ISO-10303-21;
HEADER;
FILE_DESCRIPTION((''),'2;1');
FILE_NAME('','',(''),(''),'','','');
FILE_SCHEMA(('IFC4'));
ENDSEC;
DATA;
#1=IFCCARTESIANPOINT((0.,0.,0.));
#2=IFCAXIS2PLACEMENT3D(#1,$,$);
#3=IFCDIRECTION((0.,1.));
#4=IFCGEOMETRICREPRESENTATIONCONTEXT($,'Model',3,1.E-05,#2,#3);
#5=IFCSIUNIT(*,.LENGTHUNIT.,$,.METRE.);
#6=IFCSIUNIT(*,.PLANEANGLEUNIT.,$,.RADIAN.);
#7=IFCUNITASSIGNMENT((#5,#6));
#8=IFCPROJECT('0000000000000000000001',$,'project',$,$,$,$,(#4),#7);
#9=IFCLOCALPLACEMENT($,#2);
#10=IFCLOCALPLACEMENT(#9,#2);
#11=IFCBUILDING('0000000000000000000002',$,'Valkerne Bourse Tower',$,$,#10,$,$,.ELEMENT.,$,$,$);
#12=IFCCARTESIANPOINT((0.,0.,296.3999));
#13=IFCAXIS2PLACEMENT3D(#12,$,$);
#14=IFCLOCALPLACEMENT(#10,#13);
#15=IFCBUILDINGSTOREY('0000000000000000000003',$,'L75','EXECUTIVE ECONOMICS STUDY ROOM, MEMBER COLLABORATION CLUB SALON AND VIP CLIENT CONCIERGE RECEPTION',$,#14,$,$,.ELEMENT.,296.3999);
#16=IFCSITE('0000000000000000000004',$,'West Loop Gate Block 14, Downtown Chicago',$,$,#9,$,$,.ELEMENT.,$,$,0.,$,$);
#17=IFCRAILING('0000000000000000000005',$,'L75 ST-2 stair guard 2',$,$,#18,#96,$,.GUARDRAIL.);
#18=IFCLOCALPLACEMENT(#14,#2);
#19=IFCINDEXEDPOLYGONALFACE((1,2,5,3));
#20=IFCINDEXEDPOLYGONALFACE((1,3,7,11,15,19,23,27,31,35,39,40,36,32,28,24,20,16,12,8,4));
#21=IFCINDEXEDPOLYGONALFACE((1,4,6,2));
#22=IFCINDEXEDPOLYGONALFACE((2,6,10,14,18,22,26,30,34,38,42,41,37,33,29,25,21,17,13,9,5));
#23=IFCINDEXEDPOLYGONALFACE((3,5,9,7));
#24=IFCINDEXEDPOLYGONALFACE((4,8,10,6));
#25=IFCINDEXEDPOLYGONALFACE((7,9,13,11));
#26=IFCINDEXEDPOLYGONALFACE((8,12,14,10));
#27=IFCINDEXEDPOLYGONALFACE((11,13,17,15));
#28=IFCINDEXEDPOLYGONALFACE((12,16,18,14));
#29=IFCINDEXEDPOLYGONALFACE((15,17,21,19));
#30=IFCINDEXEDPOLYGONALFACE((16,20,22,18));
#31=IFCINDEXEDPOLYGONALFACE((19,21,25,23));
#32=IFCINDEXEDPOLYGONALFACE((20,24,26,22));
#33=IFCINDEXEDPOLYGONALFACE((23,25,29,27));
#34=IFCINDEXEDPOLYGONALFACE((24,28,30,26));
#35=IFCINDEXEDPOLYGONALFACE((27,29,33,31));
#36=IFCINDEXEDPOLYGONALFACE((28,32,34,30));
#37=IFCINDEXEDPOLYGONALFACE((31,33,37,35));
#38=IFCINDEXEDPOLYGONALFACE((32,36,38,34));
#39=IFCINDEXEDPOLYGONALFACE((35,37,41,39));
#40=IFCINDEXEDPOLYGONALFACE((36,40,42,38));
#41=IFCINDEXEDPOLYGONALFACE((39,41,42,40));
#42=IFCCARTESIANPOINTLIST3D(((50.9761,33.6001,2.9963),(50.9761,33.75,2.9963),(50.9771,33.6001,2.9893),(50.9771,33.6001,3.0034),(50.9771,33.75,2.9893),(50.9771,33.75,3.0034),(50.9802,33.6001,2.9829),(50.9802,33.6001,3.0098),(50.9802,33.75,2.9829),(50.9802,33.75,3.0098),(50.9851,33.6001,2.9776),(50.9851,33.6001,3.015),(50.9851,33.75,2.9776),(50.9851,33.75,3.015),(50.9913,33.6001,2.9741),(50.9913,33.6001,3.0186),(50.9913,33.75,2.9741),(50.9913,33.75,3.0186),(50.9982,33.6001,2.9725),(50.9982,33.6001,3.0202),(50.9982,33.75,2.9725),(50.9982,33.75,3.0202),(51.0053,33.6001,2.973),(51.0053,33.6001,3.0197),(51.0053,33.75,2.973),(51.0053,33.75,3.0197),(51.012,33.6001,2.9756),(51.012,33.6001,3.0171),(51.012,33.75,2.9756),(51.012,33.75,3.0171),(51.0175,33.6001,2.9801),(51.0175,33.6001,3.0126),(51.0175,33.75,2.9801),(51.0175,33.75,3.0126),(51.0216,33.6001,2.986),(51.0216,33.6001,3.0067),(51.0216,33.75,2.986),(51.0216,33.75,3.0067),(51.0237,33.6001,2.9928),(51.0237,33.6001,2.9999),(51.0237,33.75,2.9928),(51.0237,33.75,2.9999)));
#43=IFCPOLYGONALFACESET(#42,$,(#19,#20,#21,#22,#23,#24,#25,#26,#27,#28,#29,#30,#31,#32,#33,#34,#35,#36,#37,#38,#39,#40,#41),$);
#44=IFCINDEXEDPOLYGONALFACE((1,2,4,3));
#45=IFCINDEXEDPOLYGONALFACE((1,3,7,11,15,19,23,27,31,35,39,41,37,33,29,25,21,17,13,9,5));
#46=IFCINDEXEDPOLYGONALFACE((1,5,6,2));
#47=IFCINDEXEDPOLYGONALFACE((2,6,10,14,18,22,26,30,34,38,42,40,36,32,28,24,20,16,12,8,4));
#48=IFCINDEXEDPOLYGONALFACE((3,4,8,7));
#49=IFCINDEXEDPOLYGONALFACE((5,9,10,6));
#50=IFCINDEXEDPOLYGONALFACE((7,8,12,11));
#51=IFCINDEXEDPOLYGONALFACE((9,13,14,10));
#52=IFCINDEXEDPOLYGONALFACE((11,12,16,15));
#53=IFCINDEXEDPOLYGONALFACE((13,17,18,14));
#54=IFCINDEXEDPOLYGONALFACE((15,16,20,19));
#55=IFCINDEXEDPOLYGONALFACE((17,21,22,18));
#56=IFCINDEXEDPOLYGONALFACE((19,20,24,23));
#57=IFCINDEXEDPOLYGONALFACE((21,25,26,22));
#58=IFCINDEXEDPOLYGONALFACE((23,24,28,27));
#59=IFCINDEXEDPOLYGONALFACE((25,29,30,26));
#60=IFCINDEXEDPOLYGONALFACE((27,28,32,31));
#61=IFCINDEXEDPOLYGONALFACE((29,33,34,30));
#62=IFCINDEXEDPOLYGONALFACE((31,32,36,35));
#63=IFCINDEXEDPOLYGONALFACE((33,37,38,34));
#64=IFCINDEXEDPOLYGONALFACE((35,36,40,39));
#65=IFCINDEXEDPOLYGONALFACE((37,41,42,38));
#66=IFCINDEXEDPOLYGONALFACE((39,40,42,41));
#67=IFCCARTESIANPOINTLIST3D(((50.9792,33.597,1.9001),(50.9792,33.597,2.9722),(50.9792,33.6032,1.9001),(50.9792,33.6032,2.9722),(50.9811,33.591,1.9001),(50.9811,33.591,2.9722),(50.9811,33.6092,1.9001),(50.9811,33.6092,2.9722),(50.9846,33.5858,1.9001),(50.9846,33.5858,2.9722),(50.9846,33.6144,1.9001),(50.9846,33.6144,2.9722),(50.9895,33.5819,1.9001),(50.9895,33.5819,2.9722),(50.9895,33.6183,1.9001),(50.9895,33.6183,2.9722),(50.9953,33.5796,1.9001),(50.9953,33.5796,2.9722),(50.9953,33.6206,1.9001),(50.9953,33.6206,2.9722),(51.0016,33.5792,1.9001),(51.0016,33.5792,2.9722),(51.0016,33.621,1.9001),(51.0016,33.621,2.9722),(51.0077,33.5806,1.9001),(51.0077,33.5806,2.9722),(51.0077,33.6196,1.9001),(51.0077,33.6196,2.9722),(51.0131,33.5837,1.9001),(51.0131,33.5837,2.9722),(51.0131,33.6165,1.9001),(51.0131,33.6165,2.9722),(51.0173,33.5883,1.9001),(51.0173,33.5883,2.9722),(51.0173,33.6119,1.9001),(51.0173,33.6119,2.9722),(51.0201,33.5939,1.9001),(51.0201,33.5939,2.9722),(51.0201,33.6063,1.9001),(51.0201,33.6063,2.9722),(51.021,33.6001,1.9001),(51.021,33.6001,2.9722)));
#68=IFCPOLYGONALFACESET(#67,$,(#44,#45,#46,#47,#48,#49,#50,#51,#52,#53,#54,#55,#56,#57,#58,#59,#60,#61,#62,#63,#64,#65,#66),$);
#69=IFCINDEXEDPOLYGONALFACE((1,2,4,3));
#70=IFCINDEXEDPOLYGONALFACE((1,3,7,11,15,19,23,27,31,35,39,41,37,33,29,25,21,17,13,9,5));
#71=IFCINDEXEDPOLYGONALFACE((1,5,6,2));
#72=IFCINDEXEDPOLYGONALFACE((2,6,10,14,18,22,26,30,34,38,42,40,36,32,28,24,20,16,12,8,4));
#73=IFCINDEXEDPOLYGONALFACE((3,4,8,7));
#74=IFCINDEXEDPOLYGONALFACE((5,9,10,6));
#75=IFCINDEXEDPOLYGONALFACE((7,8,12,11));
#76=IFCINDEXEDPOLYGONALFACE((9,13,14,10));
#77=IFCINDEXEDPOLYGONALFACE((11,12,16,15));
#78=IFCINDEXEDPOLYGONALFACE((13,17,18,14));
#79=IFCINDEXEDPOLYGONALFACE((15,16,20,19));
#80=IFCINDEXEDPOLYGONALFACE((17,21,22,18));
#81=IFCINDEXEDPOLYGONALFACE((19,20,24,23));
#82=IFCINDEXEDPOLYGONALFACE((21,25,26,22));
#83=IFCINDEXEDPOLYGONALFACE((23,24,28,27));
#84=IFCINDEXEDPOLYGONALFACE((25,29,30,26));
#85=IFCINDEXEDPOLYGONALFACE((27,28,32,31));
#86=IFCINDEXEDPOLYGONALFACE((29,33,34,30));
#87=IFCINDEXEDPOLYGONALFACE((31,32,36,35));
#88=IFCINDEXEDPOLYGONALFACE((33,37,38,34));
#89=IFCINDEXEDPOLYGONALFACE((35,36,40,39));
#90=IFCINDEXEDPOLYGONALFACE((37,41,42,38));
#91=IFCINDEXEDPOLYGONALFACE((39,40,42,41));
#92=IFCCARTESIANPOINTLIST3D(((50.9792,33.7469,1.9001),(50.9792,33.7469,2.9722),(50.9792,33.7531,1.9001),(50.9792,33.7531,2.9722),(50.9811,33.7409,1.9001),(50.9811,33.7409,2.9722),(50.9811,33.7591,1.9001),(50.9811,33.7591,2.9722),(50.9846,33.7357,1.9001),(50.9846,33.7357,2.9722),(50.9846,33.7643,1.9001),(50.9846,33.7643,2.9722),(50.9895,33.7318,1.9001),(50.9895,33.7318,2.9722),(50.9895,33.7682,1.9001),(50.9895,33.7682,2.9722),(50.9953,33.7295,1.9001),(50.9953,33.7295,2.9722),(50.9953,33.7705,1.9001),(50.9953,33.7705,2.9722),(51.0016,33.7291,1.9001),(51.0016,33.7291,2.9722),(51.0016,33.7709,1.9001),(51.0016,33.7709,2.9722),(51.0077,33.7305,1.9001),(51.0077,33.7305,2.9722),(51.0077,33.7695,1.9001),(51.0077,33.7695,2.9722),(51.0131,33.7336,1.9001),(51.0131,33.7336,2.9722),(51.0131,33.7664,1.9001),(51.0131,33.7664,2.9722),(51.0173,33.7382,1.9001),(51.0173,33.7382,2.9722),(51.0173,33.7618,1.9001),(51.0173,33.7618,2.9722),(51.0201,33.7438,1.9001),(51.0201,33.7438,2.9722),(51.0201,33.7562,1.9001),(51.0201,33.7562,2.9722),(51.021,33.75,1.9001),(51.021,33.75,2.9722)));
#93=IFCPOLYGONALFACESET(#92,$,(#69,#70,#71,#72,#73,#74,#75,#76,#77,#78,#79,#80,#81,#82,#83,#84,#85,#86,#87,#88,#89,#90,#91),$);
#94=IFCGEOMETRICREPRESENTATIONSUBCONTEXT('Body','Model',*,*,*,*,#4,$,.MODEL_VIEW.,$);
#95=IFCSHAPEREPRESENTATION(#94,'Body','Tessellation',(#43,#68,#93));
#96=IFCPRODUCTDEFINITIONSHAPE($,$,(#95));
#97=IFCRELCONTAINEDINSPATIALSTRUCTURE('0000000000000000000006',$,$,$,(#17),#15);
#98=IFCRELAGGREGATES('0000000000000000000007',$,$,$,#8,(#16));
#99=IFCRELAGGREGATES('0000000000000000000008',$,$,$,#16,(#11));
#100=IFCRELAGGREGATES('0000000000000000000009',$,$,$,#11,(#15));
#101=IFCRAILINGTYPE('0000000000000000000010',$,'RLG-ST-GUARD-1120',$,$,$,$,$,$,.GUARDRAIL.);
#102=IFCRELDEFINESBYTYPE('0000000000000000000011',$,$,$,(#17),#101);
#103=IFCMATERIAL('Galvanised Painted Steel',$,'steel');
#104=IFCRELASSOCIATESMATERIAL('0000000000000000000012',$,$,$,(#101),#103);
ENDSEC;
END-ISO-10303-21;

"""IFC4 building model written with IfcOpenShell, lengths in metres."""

from ifc_helpers import new_model, si_unit, direction, frame, origin, origin_2d, place, context, subcontext, project, spatial, circle, extrude, material, type_object, element, save


model = new_model("IFC4")

# Units and contexts
model_context = context("Model", 3, precision=1e-05, world=origin(), true_north=direction((0.0, 1.0)))
body_context = subcontext(model_context, "Body", "Model", "MODEL_VIEW")
ifc_project = project(units=[si_unit("LENGTHUNIT", "METRE"), si_unit("PLANEANGLEUNIT", "RADIAN")], contexts=[model_context])

# Site, building, storey
site_placement = place(None, origin())
site = spatial("IfcSite", under=ifc_project, at=site_placement, Name="West Loop Gate Block 14, Downtown Chicago", CompositionType="ELEMENT", RefElevation=0.0)
building_placement = place(site_placement, origin())
building = spatial("IfcBuilding", under=site, at=building_placement, Name="Valkerne Bourse Tower", CompositionType="ELEMENT")
storey_placement = place(building_placement, frame((0.0, 0.0, 296.3999)))
storey = spatial("IfcBuildingStorey", under=building, at=storey_placement, Name="L75", Description="EXECUTIVE ECONOMICS STUDY ROOM, MEMBER COLLABORATION CLUB SALON AND VIP CLIENT CONCIERGE RECEPTION", CompositionType="ELEMENT", Elevation=296.3999)

# Shared definitions
ifc_material_1 = material(Name="Galvanised Painted Steel", Category="steel")

# Railing
railing_type_1 = type_object("IfcRailingType", Name="RLG-ST-GUARD-1120", PredefinedType="GUARDRAIL", material=ifc_material_1)
railing_1_placement = place(storey_placement, frame((51.0, 33.6001, 1.9001)))
element("IfcRailing", 1, at=railing_1_placement, inside=storey, type_object=railing_type_1, Name="L75 ST-2 stair guard 2", PredefinedType="GUARDRAIL", context=body_context, shape_type="SweptSolid", body=[
    extrude(circle(Radius=0.0239, at=origin_2d()), frame((0.0, 0.0, 1.0962), z_axis=(0.0, 1.0, 0.0), x_axis=(-1.0, 0.0, 0.0)), (0.0, 0.0, 1.0), 0.1499),
    extrude(circle(Radius=0.021, at=origin_2d()), origin(), (0.0, 0.0, 1.0), 1.072),
    extrude(circle(Radius=0.021, at=origin_2d()), frame((0.0, 0.1499, 0.0)), (0.0, 0.0, 1.0), 1.072),
])

save(model, "model.ifc")
